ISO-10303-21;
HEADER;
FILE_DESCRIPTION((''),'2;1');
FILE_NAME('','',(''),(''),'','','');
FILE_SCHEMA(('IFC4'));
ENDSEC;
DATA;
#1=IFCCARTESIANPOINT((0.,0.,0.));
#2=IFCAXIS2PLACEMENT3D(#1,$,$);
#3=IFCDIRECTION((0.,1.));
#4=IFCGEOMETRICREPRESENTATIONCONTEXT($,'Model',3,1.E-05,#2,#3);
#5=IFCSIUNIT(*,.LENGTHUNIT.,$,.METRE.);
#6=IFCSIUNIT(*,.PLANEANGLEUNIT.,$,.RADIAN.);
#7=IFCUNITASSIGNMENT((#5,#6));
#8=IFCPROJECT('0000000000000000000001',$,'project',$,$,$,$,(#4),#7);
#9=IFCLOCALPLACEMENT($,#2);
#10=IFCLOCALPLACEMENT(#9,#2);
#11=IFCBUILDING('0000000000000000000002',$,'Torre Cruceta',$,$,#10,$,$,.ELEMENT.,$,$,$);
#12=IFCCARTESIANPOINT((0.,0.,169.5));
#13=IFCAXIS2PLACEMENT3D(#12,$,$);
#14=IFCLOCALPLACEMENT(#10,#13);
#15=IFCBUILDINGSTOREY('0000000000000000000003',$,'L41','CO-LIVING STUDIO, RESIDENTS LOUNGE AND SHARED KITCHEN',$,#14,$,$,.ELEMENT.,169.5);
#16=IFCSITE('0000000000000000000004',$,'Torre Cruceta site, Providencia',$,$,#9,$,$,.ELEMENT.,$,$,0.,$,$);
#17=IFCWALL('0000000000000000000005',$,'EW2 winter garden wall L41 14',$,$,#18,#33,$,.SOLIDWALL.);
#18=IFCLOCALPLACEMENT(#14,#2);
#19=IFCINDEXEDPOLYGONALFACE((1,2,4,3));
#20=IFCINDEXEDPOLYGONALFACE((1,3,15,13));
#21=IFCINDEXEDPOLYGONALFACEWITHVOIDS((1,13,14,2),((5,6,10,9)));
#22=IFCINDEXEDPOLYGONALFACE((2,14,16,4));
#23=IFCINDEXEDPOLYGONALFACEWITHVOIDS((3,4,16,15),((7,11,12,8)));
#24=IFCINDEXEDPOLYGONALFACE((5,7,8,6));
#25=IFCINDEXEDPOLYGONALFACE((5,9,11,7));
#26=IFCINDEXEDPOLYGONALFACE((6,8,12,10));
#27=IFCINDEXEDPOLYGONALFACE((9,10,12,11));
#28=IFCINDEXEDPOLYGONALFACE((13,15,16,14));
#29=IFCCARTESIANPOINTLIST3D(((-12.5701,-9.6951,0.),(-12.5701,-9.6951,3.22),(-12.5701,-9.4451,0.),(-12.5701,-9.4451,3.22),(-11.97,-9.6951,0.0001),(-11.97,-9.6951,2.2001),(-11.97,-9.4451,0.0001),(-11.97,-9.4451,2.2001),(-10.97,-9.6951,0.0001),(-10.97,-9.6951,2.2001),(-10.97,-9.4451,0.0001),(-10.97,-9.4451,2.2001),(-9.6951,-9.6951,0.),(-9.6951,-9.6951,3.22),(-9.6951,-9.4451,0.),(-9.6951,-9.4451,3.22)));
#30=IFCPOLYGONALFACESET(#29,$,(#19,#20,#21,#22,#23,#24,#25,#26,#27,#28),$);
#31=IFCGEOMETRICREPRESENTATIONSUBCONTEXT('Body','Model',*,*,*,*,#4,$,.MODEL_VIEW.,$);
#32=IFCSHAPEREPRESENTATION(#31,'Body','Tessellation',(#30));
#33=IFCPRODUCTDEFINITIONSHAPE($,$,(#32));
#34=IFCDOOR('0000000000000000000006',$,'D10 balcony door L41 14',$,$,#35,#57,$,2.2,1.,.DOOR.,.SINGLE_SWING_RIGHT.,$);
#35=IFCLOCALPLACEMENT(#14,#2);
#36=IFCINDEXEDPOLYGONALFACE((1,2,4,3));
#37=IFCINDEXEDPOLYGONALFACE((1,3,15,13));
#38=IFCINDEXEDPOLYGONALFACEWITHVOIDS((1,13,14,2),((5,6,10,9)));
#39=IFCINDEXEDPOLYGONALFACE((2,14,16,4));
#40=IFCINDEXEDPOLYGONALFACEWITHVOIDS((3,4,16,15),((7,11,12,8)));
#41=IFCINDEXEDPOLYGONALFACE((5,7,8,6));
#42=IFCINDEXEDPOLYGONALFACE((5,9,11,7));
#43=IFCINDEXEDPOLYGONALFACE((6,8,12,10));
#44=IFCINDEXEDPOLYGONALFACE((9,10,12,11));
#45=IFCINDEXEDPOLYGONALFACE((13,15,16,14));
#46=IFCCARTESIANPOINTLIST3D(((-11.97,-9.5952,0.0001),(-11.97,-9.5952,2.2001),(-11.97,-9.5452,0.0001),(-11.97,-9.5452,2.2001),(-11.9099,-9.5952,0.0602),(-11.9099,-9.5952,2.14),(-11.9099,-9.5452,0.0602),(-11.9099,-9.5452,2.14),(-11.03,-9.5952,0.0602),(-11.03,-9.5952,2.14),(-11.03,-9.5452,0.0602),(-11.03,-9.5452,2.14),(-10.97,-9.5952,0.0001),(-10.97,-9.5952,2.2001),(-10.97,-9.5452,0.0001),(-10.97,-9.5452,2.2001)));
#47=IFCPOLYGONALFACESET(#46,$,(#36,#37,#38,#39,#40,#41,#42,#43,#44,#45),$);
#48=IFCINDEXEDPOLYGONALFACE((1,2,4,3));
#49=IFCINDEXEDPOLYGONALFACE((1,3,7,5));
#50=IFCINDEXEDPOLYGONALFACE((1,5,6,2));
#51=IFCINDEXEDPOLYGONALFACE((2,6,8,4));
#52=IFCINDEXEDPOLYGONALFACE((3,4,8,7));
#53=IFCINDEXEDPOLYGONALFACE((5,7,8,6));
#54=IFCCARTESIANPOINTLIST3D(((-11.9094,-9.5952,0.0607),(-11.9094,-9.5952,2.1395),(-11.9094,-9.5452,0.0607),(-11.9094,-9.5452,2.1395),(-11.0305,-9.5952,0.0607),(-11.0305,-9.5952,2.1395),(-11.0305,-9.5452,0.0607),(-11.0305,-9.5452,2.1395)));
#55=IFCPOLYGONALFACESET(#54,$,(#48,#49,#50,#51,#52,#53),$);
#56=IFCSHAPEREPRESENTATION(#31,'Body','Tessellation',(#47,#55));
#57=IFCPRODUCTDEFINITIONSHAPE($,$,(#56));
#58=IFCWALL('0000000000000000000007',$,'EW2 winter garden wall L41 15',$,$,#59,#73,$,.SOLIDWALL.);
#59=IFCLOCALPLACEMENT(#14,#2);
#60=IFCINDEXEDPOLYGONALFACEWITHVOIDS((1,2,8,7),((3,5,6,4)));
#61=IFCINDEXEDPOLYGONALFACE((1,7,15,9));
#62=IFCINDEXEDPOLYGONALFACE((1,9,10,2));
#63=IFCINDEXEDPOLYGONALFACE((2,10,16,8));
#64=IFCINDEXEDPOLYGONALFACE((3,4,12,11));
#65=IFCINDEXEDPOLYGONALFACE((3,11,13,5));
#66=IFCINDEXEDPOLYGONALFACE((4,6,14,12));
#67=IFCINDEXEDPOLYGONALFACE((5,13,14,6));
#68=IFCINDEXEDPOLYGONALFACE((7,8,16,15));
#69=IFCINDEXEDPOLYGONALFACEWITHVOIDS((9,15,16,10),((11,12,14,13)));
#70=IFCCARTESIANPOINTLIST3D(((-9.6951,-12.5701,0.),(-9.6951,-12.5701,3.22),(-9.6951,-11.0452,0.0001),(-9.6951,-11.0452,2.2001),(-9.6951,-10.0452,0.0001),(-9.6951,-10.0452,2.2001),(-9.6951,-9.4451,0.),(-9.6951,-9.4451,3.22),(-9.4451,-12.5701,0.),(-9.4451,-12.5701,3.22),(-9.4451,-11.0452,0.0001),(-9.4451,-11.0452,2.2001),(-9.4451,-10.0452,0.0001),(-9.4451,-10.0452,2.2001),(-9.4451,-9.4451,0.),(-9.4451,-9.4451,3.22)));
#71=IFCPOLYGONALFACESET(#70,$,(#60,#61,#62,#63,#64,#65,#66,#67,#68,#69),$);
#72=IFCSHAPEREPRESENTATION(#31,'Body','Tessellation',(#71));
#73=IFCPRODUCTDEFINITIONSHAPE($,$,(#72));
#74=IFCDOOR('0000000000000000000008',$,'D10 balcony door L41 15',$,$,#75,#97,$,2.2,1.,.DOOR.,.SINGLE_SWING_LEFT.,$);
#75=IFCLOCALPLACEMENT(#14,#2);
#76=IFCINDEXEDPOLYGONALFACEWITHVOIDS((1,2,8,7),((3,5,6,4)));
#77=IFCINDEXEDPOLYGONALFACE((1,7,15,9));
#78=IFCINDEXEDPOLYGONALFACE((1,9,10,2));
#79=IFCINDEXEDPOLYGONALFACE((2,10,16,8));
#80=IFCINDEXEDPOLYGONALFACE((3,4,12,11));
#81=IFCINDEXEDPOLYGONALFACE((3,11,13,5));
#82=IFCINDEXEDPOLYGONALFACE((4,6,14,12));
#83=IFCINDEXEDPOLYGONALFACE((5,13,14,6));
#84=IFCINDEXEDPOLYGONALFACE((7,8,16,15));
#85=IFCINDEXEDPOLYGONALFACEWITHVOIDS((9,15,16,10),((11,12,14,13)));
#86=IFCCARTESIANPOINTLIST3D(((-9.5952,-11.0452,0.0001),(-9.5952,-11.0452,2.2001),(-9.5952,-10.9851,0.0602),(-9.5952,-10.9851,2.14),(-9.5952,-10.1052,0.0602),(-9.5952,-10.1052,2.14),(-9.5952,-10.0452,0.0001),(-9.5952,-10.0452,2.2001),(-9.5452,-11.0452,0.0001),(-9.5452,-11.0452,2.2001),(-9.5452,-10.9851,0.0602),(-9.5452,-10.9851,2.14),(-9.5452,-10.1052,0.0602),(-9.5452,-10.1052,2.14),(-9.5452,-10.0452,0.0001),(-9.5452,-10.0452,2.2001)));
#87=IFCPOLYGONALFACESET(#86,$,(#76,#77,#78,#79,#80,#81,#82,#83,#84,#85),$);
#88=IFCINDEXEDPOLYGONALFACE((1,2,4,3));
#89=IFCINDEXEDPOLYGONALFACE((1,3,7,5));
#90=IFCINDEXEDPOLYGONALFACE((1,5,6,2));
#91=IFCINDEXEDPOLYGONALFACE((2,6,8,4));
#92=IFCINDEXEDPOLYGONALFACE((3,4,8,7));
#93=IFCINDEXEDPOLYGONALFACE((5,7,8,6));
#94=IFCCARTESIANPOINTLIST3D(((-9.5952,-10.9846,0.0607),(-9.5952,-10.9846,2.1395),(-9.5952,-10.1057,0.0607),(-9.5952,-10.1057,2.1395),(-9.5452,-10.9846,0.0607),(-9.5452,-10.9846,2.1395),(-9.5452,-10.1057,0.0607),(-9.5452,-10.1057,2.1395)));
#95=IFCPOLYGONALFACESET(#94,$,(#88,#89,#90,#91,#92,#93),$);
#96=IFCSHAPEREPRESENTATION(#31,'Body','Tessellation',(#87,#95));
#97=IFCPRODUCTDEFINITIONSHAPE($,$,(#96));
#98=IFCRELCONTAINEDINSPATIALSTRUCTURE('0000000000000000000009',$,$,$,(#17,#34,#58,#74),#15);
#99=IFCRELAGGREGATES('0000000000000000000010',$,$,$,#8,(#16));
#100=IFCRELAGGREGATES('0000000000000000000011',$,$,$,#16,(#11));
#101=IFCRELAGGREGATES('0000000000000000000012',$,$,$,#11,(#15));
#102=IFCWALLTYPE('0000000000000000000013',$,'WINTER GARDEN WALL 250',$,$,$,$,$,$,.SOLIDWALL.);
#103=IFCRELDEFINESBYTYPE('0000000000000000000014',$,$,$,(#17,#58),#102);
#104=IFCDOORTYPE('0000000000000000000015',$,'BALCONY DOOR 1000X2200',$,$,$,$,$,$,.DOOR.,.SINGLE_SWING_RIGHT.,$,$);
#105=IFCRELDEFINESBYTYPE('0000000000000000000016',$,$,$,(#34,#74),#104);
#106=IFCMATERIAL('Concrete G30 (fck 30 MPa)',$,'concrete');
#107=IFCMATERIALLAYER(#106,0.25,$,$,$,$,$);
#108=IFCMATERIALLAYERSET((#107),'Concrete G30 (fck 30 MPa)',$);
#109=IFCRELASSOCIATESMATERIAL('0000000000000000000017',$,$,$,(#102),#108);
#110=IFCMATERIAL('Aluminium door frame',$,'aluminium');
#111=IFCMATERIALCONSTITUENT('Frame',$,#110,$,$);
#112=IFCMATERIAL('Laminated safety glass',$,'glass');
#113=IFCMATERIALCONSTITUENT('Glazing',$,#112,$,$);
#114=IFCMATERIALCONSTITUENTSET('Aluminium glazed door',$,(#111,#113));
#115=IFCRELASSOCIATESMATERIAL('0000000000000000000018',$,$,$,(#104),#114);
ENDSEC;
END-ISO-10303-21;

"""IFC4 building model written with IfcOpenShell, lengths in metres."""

from ifc_helpers import new_model, si_unit, direction, frame, frame_2d, origin, place, context, subcontext, project, spatial, rectangle, hollow_rectangle, extrude, material, layer, layer_set, constituent, constituent_set, type_object, element, fill, save


model = new_model("IFC4")

# Units and contexts
model_context = context("Model", 3, precision=1e-05, world=origin(), true_north=direction((0.0, 1.0)))
body_context = subcontext(model_context, "Body", "Model", "MODEL_VIEW")
ifc_project = project(units=[si_unit("LENGTHUNIT", "METRE"), si_unit("PLANEANGLEUNIT", "RADIAN")], contexts=[model_context])

# Site, building, storey
site_placement = place(None, origin())
site = spatial("IfcSite", under=ifc_project, at=site_placement, Name="Torre Cruceta site, Providencia", CompositionType="ELEMENT", RefElevation=0.0)
building_placement = place(site_placement, origin())
building = spatial("IfcBuilding", under=site, at=building_placement, Name="Torre Cruceta", CompositionType="ELEMENT")
storey_placement = place(building_placement, frame((0.0, 0.0, 169.5)))
storey = spatial("IfcBuildingStorey", under=building, at=storey_placement, Name="L41", Description="CO-LIVING STUDIO, RESIDENTS LOUNGE AND SHARED KITCHEN", CompositionType="ELEMENT", Elevation=169.5)

# Walls, openings, doors
ifc_material_1 = material(Name="Concrete G30 (fck 30 MPa)", Category="concrete")
ifc_layer_1 = layer(ifc_material_1, 0.25)
ifc_layer_set_1 = layer_set([ifc_layer_1], Name="Concrete G30 (fck 30 MPa)")
wall_type_1 = type_object("IfcWallType", Name="WINTER GARDEN WALL 250", PredefinedType="SOLIDWALL", material=ifc_layer_set_1)
wall_1_placement = place(storey_placement, frame((-12.5701, -9.5701, 0.0), z_axis=(0.0, 0.0, 1.0), x_axis=(1.0, 0.0, 0.0)))
wall_1 = element("IfcWall", 1, at=wall_1_placement, inside=storey, type_object=wall_type_1, Name="EW2 winter garden wall L41 14", PredefinedType="SOLIDWALL", context=body_context, shape_type="SweptSolid", body=[
    extrude(rectangle(XDim=2.875, YDim=0.25, at=frame_2d((1.4375, 0.0))), origin(), (0.0, 0.0, 1.0), 3.22),
])
opening_1_placement = place(wall_1_placement, frame((0.6001, 0.0, 0.0)))
opening_1 = element("IfcOpeningElement", 2, at=opening_1_placement, cuts=wall_1, PredefinedType="OPENING", context=body_context, shape_type="SweptSolid", body=[
    extrude(rectangle(XDim=1.0, YDim=2.2, at=frame_2d((0.5, 1.1001))), frame((0.0, 0.135, 0.0), z_axis=(0.0, -1.0, 0.0), x_axis=(1.0, 0.0, 0.0)), (0.0, 0.0, 1.0), 0.27),
])
ifc_material_2 = material(Name="Aluminium door frame", Category="aluminium")
ifc_constituent_1 = constituent(ifc_material_2, Name="Frame")
ifc_material_3 = material(Name="Laminated safety glass", Category="glass")
ifc_constituent_2 = constituent(ifc_material_3, Name="Glazing")
ifc_constituent_set_1 = constituent_set(constituents=[ifc_constituent_1, ifc_constituent_2], Name="Aluminium glazed door")
door_type_1 = type_object("IfcDoorType", Name="BALCONY DOOR 1000X2200", OperationType="SINGLE_SWING_RIGHT", PredefinedType="DOOR", material=ifc_constituent_set_1)
door_1_placement = place(opening_1_placement, origin())
door_1 = element("IfcDoor", 3, at=door_1_placement, inside=storey, type_object=door_type_1, Name="D10 balcony door L41 14", OperationType="SINGLE_SWING_RIGHT", OverallHeight=2.2, OverallWidth=1.0, PredefinedType="DOOR", context=body_context, shape_type="SweptSolid", body=[
    extrude(hollow_rectangle(XDim=1.0, YDim=2.2, WallThickness=0.0601, at=frame_2d((0.5, 1.1001))), frame((0.0, 0.0249, 0.0), z_axis=(0.0, -1.0, 0.0), x_axis=(1.0, 0.0, 0.0)), (0.0, 0.0, 1.0), 0.05),
    extrude(rectangle(XDim=0.8789, YDim=2.0789, at=frame_2d((0.5, 1.1001))), frame((0.0, 0.0249, 0.0), z_axis=(0.0, -1.0, 0.0), x_axis=(1.0, 0.0, 0.0)), (0.0, 0.0, 1.0), 0.05),
])
fill(opening_1, door_1)
wall_2_placement = place(storey_placement, frame((-9.5701, -9.4451, 0.0), z_axis=(0.0, 0.0, 1.0), x_axis=(0.0, -1.0, 0.0)))
wall_2 = element("IfcWall", 4, at=wall_2_placement, inside=storey, type_object=wall_type_1, Name="EW2 winter garden wall L41 15", PredefinedType="SOLIDWALL", context=body_context, shape_type="SweptSolid", body=[
    extrude(rectangle(XDim=3.125, YDim=0.25, at=frame_2d((1.5625, 0.0))), origin(), (0.0, 0.0, 1.0), 3.22),
])
opening_2_placement = place(wall_2_placement, frame((0.6001, 0.0, 0.0)))
opening_2 = element("IfcOpeningElement", 5, at=opening_2_placement, cuts=wall_2, PredefinedType="OPENING", context=body_context, shape_type="SweptSolid", body=[
    extrude(rectangle(XDim=1.0, YDim=2.2, at=frame_2d((0.5, 1.1001))), frame((0.0, 0.135, 0.0), z_axis=(0.0, -1.0, 0.0), x_axis=(1.0, 0.0, 0.0)), (0.0, 0.0, 1.0), 0.27),
])
door_2_placement = place(opening_2_placement, origin())
door_2 = element("IfcDoor", 6, at=door_2_placement, inside=storey, type_object=door_type_1, Name="D10 balcony door L41 15", OperationType="SINGLE_SWING_LEFT", OverallHeight=2.2, OverallWidth=1.0, PredefinedType="DOOR", context=body_context, shape_type="SweptSolid", body=[
    extrude(hollow_rectangle(XDim=1.0, YDim=2.2, WallThickness=0.0601, at=frame_2d((0.5, 1.1001))), frame((0.0, 0.0249, 0.0), z_axis=(0.0, -1.0, 0.0), x_axis=(1.0, 0.0, 0.0)), (0.0, 0.0, 1.0), 0.05),
    extrude(rectangle(XDim=0.8789, YDim=2.0789, at=frame_2d((0.5, 1.1001))), frame((0.0, 0.0249, 0.0), z_axis=(0.0, -1.0, 0.0), x_axis=(1.0, 0.0, 0.0)), (0.0, 0.0, 1.0), 0.05),
])
fill(opening_2, door_2)

save(model, "model.ifc")
